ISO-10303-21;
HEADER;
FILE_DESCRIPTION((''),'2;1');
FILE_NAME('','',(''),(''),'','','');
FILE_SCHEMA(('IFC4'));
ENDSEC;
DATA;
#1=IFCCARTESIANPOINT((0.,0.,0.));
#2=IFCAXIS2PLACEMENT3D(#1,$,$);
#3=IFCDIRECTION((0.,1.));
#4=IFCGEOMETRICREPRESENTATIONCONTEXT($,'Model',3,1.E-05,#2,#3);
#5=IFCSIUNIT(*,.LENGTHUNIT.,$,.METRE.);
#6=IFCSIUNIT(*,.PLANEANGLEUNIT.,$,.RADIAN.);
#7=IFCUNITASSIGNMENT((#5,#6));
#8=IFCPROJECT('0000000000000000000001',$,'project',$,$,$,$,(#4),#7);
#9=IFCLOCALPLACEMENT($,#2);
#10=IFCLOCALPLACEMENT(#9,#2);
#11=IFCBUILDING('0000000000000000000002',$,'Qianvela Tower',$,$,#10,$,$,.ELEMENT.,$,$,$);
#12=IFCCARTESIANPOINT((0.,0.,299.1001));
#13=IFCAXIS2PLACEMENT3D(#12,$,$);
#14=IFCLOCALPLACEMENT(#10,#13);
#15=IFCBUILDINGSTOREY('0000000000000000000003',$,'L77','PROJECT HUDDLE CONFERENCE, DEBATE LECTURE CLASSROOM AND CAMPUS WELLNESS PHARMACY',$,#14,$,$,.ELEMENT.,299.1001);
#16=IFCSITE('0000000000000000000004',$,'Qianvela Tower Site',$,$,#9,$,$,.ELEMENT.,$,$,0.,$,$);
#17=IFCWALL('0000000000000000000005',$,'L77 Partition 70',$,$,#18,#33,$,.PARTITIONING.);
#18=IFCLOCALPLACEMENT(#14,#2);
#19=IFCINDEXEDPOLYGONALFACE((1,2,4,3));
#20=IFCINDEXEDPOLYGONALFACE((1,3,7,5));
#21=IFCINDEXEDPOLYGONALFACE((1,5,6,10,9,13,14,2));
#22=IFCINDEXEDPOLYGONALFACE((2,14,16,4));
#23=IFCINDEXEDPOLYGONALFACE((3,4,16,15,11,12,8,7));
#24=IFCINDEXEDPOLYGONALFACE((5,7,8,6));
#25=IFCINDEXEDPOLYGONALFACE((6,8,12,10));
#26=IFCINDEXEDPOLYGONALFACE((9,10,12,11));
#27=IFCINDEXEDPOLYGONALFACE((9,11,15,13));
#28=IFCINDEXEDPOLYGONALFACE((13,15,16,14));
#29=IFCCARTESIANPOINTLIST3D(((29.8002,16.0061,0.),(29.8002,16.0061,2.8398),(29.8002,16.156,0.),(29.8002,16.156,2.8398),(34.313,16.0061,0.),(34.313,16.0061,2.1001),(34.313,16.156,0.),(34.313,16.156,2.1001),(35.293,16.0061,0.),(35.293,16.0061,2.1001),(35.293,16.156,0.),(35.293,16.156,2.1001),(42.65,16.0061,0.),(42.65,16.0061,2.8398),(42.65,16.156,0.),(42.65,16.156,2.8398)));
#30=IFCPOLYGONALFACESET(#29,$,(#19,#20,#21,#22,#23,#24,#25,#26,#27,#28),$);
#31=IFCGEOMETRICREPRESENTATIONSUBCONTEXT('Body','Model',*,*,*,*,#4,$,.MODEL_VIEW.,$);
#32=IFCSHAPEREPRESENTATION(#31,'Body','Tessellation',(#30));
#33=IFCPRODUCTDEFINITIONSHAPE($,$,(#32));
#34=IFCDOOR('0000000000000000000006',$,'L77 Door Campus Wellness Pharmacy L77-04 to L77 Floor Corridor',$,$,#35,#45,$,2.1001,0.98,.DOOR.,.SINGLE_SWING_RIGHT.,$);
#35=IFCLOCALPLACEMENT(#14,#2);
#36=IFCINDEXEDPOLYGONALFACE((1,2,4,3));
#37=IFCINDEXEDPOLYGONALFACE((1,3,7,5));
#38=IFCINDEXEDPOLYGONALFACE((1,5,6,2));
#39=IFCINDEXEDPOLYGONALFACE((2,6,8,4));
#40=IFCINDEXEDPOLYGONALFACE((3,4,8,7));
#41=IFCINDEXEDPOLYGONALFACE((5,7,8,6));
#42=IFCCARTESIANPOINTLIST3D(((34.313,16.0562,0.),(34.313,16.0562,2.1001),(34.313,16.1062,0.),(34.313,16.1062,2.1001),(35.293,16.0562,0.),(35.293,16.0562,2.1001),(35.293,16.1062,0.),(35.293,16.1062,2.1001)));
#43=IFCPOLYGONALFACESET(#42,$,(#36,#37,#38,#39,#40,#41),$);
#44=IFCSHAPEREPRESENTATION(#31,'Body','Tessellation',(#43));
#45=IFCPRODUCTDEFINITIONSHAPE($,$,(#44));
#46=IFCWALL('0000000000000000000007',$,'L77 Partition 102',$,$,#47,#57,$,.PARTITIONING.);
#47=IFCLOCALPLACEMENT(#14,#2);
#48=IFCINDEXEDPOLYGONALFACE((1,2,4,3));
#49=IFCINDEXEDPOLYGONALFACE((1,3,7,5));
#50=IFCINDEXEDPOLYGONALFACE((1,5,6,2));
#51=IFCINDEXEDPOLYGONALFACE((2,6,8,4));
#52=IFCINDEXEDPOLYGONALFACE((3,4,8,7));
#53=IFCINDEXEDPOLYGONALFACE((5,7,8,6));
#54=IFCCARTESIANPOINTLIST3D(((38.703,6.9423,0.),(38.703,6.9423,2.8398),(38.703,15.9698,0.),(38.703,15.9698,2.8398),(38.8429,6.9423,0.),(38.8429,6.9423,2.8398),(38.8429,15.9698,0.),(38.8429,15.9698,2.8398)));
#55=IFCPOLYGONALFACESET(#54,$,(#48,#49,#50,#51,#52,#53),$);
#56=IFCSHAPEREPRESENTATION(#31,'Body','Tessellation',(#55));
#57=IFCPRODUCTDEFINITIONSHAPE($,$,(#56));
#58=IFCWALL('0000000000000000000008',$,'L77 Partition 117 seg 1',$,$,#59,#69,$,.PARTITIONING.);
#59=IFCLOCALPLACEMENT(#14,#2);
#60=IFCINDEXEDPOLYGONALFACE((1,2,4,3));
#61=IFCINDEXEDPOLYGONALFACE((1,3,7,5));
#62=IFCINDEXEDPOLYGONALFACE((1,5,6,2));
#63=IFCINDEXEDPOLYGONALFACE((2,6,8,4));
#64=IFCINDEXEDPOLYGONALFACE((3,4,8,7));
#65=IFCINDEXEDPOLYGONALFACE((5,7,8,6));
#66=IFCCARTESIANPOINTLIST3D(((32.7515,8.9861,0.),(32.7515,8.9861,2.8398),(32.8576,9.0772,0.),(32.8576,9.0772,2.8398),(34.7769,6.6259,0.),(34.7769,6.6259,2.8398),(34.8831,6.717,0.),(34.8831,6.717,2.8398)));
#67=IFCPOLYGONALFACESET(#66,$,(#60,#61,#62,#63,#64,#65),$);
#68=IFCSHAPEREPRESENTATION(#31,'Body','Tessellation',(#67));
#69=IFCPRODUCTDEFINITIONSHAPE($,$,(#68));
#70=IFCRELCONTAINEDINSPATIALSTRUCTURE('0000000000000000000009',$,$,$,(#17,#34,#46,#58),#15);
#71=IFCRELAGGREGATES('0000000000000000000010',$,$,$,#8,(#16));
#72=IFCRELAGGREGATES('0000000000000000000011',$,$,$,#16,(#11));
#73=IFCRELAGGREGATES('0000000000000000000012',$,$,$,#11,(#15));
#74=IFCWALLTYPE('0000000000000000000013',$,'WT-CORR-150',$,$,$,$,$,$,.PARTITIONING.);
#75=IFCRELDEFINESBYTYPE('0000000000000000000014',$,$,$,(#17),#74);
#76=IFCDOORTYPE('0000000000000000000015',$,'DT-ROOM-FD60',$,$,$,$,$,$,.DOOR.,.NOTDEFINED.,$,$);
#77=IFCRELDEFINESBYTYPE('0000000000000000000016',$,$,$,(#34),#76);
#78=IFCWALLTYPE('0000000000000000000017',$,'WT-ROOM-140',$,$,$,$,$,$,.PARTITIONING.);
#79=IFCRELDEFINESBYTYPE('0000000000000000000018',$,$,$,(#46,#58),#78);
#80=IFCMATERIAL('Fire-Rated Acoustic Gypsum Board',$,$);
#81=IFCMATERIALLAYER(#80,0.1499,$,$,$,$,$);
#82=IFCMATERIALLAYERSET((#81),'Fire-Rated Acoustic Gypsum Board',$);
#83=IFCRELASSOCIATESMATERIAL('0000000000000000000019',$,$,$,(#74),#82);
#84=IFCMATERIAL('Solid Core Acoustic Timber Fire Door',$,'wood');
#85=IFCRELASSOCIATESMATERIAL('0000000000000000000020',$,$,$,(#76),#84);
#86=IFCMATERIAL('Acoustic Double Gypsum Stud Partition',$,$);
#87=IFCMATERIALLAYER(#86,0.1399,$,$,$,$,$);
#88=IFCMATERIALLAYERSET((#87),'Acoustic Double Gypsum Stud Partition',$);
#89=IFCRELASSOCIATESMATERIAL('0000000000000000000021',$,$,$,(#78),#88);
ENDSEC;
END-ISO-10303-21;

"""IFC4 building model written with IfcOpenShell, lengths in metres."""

from ifc_helpers import new_model, si_unit, direction, frame, frame_2d, origin, place, context, subcontext, project, spatial, rectangle, extrude, material, layer, layer_set, type_object, element, fill, save


model = new_model("IFC4")

# Units and contexts
model_context = context("Model", 3, precision=1e-05, world=origin(), true_north=direction((0.0, 1.0)))
body_context = subcontext(model_context, "Body", "Model", "MODEL_VIEW")
ifc_project = project(units=[si_unit("LENGTHUNIT", "METRE"), si_unit("PLANEANGLEUNIT", "RADIAN")], contexts=[model_context])

# Site, building, storey
site_placement = place(None, origin())
site = spatial("IfcSite", under=ifc_project, at=site_placement, Name="Qianvela Tower Site", CompositionType="ELEMENT", RefElevation=0.0)
building_placement = place(site_placement, origin())
building = spatial("IfcBuilding", under=site, at=building_placement, Name="Qianvela Tower", CompositionType="ELEMENT")
storey_placement = place(building_placement, frame((0.0, 0.0, 299.1001)))
storey = spatial("IfcBuildingStorey", under=building, at=storey_placement, Name="L77", Description="PROJECT HUDDLE CONFERENCE, DEBATE LECTURE CLASSROOM AND CAMPUS WELLNESS PHARMACY", CompositionType="ELEMENT", Elevation=299.1001)

# Shared definitions
ifc_material_1 = material(Name="Fire-Rated Acoustic Gypsum Board")
ifc_layer_1 = layer(ifc_material_1, 0.1499)
ifc_layer_set_1 = layer_set([ifc_layer_1], Name="Fire-Rated Acoustic Gypsum Board")
wall_type_1 = type_object("IfcWallType", Name="WT-CORR-150", PredefinedType="PARTITIONING", material=ifc_layer_set_1)

# Wall, opening, door
wall_1_placement = place(storey_placement, frame((42.6499, 16.0811, 0.0), z_axis=(0.0, 0.0, 1.0), x_axis=(-1.0, 0.0, 0.0)))
wall_1 = element("IfcWall", 1, at=wall_1_placement, inside=storey, type_object=wall_type_1, Name="L77 Partition 70", PredefinedType="PARTITIONING", context=body_context, shape_type="SweptSolid", body=[
    extrude(rectangle(XDim=12.8499, YDim=0.1499, at=frame_2d((6.4248, 0.0))), origin(), (0.0, 0.0, 1.0), 2.8398),
])
opening_1_placement = place(wall_1_placement, frame((7.3569, 0.0, 0.0)))
opening_1 = element("IfcOpeningElement", 2, at=opening_1_placement, cuts=wall_1, PredefinedType="OPENING", context=body_context, shape_type="SweptSolid", body=[
    extrude(rectangle(XDim=0.98, YDim=2.1001, at=frame_2d((0.49, 1.05))), frame((0.0, 0.085, 0.0), z_axis=(0.0, -1.0, 0.0), x_axis=(1.0, 0.0, 0.0)), (0.0, 0.0, 1.0), 0.1699),
])
ifc_material_2 = material(Name="Solid Core Acoustic Timber Fire Door", Category="wood")
door_type_1 = type_object("IfcDoorType", Name="DT-ROOM-FD60", OperationType="NOTDEFINED", PredefinedType="DOOR", material=ifc_material_2)
door_1_placement = place(opening_1_placement, origin())
door_1 = element("IfcDoor", 3, at=door_1_placement, inside=storey, type_object=door_type_1, Name="L77 Door Campus Wellness Pharmacy L77-04 to L77 Floor Corridor", OperationType="SINGLE_SWING_RIGHT", OverallHeight=2.1001, OverallWidth=0.98, PredefinedType="DOOR", context=body_context, shape_type="SweptSolid", body=[
    extrude(rectangle(XDim=0.98, YDim=2.1001, at=frame_2d((0.49, 1.05))), frame((0.0, 0.0249, 0.0), z_axis=(0.0, -1.0, 0.0), x_axis=(1.0, 0.0, 0.0)), (0.0, 0.0, 1.0), 0.05),
])
fill(opening_1, door_1)

# Walls
ifc_material_3 = material(Name="Acoustic Double Gypsum Stud Partition")
ifc_layer_2 = layer(ifc_material_3, 0.1399)
ifc_layer_set_2 = layer_set([ifc_layer_2], Name="Acoustic Double Gypsum Stud Partition")
wall_type_2 = type_object("IfcWallType", Name="WT-ROOM-140", PredefinedType="PARTITIONING", material=ifc_layer_set_2)
wall_2_placement = place(storey_placement, frame((38.7729, 6.9424, 0.0), z_axis=(0.0, 0.0, 1.0), x_axis=(0.0, 1.0, 0.0)))
element("IfcWall", 4, at=wall_2_placement, inside=storey, type_object=wall_type_2, Name="L77 Partition 102", PredefinedType="PARTITIONING", context=body_context, shape_type="SweptSolid", body=[
    extrude(rectangle(XDim=9.0276, YDim=0.1399, at=frame_2d((4.5137, 0.0))), origin(), (0.0, 0.0, 1.0), 2.8398),
])
wall_3_placement = place(storey_placement, frame((34.8301, 6.6714, 0.0), z_axis=(0.0, 0.0, 1.0), x_axis=(-0.651244, 0.758869, 0.0)))
element("IfcWall", 5, at=wall_3_placement, inside=storey, type_object=wall_type_2, Name="L77 Partition 117 seg 1", PredefinedType="PARTITIONING", context=body_context, shape_type="SweptSolid", body=[
    extrude(rectangle(XDim=3.1101, YDim=0.1399, at=frame_2d((1.5552, 0.0))), origin(), (0.0, 0.0, 1.0), 2.8398),
])

save(model, "model.ifc")
